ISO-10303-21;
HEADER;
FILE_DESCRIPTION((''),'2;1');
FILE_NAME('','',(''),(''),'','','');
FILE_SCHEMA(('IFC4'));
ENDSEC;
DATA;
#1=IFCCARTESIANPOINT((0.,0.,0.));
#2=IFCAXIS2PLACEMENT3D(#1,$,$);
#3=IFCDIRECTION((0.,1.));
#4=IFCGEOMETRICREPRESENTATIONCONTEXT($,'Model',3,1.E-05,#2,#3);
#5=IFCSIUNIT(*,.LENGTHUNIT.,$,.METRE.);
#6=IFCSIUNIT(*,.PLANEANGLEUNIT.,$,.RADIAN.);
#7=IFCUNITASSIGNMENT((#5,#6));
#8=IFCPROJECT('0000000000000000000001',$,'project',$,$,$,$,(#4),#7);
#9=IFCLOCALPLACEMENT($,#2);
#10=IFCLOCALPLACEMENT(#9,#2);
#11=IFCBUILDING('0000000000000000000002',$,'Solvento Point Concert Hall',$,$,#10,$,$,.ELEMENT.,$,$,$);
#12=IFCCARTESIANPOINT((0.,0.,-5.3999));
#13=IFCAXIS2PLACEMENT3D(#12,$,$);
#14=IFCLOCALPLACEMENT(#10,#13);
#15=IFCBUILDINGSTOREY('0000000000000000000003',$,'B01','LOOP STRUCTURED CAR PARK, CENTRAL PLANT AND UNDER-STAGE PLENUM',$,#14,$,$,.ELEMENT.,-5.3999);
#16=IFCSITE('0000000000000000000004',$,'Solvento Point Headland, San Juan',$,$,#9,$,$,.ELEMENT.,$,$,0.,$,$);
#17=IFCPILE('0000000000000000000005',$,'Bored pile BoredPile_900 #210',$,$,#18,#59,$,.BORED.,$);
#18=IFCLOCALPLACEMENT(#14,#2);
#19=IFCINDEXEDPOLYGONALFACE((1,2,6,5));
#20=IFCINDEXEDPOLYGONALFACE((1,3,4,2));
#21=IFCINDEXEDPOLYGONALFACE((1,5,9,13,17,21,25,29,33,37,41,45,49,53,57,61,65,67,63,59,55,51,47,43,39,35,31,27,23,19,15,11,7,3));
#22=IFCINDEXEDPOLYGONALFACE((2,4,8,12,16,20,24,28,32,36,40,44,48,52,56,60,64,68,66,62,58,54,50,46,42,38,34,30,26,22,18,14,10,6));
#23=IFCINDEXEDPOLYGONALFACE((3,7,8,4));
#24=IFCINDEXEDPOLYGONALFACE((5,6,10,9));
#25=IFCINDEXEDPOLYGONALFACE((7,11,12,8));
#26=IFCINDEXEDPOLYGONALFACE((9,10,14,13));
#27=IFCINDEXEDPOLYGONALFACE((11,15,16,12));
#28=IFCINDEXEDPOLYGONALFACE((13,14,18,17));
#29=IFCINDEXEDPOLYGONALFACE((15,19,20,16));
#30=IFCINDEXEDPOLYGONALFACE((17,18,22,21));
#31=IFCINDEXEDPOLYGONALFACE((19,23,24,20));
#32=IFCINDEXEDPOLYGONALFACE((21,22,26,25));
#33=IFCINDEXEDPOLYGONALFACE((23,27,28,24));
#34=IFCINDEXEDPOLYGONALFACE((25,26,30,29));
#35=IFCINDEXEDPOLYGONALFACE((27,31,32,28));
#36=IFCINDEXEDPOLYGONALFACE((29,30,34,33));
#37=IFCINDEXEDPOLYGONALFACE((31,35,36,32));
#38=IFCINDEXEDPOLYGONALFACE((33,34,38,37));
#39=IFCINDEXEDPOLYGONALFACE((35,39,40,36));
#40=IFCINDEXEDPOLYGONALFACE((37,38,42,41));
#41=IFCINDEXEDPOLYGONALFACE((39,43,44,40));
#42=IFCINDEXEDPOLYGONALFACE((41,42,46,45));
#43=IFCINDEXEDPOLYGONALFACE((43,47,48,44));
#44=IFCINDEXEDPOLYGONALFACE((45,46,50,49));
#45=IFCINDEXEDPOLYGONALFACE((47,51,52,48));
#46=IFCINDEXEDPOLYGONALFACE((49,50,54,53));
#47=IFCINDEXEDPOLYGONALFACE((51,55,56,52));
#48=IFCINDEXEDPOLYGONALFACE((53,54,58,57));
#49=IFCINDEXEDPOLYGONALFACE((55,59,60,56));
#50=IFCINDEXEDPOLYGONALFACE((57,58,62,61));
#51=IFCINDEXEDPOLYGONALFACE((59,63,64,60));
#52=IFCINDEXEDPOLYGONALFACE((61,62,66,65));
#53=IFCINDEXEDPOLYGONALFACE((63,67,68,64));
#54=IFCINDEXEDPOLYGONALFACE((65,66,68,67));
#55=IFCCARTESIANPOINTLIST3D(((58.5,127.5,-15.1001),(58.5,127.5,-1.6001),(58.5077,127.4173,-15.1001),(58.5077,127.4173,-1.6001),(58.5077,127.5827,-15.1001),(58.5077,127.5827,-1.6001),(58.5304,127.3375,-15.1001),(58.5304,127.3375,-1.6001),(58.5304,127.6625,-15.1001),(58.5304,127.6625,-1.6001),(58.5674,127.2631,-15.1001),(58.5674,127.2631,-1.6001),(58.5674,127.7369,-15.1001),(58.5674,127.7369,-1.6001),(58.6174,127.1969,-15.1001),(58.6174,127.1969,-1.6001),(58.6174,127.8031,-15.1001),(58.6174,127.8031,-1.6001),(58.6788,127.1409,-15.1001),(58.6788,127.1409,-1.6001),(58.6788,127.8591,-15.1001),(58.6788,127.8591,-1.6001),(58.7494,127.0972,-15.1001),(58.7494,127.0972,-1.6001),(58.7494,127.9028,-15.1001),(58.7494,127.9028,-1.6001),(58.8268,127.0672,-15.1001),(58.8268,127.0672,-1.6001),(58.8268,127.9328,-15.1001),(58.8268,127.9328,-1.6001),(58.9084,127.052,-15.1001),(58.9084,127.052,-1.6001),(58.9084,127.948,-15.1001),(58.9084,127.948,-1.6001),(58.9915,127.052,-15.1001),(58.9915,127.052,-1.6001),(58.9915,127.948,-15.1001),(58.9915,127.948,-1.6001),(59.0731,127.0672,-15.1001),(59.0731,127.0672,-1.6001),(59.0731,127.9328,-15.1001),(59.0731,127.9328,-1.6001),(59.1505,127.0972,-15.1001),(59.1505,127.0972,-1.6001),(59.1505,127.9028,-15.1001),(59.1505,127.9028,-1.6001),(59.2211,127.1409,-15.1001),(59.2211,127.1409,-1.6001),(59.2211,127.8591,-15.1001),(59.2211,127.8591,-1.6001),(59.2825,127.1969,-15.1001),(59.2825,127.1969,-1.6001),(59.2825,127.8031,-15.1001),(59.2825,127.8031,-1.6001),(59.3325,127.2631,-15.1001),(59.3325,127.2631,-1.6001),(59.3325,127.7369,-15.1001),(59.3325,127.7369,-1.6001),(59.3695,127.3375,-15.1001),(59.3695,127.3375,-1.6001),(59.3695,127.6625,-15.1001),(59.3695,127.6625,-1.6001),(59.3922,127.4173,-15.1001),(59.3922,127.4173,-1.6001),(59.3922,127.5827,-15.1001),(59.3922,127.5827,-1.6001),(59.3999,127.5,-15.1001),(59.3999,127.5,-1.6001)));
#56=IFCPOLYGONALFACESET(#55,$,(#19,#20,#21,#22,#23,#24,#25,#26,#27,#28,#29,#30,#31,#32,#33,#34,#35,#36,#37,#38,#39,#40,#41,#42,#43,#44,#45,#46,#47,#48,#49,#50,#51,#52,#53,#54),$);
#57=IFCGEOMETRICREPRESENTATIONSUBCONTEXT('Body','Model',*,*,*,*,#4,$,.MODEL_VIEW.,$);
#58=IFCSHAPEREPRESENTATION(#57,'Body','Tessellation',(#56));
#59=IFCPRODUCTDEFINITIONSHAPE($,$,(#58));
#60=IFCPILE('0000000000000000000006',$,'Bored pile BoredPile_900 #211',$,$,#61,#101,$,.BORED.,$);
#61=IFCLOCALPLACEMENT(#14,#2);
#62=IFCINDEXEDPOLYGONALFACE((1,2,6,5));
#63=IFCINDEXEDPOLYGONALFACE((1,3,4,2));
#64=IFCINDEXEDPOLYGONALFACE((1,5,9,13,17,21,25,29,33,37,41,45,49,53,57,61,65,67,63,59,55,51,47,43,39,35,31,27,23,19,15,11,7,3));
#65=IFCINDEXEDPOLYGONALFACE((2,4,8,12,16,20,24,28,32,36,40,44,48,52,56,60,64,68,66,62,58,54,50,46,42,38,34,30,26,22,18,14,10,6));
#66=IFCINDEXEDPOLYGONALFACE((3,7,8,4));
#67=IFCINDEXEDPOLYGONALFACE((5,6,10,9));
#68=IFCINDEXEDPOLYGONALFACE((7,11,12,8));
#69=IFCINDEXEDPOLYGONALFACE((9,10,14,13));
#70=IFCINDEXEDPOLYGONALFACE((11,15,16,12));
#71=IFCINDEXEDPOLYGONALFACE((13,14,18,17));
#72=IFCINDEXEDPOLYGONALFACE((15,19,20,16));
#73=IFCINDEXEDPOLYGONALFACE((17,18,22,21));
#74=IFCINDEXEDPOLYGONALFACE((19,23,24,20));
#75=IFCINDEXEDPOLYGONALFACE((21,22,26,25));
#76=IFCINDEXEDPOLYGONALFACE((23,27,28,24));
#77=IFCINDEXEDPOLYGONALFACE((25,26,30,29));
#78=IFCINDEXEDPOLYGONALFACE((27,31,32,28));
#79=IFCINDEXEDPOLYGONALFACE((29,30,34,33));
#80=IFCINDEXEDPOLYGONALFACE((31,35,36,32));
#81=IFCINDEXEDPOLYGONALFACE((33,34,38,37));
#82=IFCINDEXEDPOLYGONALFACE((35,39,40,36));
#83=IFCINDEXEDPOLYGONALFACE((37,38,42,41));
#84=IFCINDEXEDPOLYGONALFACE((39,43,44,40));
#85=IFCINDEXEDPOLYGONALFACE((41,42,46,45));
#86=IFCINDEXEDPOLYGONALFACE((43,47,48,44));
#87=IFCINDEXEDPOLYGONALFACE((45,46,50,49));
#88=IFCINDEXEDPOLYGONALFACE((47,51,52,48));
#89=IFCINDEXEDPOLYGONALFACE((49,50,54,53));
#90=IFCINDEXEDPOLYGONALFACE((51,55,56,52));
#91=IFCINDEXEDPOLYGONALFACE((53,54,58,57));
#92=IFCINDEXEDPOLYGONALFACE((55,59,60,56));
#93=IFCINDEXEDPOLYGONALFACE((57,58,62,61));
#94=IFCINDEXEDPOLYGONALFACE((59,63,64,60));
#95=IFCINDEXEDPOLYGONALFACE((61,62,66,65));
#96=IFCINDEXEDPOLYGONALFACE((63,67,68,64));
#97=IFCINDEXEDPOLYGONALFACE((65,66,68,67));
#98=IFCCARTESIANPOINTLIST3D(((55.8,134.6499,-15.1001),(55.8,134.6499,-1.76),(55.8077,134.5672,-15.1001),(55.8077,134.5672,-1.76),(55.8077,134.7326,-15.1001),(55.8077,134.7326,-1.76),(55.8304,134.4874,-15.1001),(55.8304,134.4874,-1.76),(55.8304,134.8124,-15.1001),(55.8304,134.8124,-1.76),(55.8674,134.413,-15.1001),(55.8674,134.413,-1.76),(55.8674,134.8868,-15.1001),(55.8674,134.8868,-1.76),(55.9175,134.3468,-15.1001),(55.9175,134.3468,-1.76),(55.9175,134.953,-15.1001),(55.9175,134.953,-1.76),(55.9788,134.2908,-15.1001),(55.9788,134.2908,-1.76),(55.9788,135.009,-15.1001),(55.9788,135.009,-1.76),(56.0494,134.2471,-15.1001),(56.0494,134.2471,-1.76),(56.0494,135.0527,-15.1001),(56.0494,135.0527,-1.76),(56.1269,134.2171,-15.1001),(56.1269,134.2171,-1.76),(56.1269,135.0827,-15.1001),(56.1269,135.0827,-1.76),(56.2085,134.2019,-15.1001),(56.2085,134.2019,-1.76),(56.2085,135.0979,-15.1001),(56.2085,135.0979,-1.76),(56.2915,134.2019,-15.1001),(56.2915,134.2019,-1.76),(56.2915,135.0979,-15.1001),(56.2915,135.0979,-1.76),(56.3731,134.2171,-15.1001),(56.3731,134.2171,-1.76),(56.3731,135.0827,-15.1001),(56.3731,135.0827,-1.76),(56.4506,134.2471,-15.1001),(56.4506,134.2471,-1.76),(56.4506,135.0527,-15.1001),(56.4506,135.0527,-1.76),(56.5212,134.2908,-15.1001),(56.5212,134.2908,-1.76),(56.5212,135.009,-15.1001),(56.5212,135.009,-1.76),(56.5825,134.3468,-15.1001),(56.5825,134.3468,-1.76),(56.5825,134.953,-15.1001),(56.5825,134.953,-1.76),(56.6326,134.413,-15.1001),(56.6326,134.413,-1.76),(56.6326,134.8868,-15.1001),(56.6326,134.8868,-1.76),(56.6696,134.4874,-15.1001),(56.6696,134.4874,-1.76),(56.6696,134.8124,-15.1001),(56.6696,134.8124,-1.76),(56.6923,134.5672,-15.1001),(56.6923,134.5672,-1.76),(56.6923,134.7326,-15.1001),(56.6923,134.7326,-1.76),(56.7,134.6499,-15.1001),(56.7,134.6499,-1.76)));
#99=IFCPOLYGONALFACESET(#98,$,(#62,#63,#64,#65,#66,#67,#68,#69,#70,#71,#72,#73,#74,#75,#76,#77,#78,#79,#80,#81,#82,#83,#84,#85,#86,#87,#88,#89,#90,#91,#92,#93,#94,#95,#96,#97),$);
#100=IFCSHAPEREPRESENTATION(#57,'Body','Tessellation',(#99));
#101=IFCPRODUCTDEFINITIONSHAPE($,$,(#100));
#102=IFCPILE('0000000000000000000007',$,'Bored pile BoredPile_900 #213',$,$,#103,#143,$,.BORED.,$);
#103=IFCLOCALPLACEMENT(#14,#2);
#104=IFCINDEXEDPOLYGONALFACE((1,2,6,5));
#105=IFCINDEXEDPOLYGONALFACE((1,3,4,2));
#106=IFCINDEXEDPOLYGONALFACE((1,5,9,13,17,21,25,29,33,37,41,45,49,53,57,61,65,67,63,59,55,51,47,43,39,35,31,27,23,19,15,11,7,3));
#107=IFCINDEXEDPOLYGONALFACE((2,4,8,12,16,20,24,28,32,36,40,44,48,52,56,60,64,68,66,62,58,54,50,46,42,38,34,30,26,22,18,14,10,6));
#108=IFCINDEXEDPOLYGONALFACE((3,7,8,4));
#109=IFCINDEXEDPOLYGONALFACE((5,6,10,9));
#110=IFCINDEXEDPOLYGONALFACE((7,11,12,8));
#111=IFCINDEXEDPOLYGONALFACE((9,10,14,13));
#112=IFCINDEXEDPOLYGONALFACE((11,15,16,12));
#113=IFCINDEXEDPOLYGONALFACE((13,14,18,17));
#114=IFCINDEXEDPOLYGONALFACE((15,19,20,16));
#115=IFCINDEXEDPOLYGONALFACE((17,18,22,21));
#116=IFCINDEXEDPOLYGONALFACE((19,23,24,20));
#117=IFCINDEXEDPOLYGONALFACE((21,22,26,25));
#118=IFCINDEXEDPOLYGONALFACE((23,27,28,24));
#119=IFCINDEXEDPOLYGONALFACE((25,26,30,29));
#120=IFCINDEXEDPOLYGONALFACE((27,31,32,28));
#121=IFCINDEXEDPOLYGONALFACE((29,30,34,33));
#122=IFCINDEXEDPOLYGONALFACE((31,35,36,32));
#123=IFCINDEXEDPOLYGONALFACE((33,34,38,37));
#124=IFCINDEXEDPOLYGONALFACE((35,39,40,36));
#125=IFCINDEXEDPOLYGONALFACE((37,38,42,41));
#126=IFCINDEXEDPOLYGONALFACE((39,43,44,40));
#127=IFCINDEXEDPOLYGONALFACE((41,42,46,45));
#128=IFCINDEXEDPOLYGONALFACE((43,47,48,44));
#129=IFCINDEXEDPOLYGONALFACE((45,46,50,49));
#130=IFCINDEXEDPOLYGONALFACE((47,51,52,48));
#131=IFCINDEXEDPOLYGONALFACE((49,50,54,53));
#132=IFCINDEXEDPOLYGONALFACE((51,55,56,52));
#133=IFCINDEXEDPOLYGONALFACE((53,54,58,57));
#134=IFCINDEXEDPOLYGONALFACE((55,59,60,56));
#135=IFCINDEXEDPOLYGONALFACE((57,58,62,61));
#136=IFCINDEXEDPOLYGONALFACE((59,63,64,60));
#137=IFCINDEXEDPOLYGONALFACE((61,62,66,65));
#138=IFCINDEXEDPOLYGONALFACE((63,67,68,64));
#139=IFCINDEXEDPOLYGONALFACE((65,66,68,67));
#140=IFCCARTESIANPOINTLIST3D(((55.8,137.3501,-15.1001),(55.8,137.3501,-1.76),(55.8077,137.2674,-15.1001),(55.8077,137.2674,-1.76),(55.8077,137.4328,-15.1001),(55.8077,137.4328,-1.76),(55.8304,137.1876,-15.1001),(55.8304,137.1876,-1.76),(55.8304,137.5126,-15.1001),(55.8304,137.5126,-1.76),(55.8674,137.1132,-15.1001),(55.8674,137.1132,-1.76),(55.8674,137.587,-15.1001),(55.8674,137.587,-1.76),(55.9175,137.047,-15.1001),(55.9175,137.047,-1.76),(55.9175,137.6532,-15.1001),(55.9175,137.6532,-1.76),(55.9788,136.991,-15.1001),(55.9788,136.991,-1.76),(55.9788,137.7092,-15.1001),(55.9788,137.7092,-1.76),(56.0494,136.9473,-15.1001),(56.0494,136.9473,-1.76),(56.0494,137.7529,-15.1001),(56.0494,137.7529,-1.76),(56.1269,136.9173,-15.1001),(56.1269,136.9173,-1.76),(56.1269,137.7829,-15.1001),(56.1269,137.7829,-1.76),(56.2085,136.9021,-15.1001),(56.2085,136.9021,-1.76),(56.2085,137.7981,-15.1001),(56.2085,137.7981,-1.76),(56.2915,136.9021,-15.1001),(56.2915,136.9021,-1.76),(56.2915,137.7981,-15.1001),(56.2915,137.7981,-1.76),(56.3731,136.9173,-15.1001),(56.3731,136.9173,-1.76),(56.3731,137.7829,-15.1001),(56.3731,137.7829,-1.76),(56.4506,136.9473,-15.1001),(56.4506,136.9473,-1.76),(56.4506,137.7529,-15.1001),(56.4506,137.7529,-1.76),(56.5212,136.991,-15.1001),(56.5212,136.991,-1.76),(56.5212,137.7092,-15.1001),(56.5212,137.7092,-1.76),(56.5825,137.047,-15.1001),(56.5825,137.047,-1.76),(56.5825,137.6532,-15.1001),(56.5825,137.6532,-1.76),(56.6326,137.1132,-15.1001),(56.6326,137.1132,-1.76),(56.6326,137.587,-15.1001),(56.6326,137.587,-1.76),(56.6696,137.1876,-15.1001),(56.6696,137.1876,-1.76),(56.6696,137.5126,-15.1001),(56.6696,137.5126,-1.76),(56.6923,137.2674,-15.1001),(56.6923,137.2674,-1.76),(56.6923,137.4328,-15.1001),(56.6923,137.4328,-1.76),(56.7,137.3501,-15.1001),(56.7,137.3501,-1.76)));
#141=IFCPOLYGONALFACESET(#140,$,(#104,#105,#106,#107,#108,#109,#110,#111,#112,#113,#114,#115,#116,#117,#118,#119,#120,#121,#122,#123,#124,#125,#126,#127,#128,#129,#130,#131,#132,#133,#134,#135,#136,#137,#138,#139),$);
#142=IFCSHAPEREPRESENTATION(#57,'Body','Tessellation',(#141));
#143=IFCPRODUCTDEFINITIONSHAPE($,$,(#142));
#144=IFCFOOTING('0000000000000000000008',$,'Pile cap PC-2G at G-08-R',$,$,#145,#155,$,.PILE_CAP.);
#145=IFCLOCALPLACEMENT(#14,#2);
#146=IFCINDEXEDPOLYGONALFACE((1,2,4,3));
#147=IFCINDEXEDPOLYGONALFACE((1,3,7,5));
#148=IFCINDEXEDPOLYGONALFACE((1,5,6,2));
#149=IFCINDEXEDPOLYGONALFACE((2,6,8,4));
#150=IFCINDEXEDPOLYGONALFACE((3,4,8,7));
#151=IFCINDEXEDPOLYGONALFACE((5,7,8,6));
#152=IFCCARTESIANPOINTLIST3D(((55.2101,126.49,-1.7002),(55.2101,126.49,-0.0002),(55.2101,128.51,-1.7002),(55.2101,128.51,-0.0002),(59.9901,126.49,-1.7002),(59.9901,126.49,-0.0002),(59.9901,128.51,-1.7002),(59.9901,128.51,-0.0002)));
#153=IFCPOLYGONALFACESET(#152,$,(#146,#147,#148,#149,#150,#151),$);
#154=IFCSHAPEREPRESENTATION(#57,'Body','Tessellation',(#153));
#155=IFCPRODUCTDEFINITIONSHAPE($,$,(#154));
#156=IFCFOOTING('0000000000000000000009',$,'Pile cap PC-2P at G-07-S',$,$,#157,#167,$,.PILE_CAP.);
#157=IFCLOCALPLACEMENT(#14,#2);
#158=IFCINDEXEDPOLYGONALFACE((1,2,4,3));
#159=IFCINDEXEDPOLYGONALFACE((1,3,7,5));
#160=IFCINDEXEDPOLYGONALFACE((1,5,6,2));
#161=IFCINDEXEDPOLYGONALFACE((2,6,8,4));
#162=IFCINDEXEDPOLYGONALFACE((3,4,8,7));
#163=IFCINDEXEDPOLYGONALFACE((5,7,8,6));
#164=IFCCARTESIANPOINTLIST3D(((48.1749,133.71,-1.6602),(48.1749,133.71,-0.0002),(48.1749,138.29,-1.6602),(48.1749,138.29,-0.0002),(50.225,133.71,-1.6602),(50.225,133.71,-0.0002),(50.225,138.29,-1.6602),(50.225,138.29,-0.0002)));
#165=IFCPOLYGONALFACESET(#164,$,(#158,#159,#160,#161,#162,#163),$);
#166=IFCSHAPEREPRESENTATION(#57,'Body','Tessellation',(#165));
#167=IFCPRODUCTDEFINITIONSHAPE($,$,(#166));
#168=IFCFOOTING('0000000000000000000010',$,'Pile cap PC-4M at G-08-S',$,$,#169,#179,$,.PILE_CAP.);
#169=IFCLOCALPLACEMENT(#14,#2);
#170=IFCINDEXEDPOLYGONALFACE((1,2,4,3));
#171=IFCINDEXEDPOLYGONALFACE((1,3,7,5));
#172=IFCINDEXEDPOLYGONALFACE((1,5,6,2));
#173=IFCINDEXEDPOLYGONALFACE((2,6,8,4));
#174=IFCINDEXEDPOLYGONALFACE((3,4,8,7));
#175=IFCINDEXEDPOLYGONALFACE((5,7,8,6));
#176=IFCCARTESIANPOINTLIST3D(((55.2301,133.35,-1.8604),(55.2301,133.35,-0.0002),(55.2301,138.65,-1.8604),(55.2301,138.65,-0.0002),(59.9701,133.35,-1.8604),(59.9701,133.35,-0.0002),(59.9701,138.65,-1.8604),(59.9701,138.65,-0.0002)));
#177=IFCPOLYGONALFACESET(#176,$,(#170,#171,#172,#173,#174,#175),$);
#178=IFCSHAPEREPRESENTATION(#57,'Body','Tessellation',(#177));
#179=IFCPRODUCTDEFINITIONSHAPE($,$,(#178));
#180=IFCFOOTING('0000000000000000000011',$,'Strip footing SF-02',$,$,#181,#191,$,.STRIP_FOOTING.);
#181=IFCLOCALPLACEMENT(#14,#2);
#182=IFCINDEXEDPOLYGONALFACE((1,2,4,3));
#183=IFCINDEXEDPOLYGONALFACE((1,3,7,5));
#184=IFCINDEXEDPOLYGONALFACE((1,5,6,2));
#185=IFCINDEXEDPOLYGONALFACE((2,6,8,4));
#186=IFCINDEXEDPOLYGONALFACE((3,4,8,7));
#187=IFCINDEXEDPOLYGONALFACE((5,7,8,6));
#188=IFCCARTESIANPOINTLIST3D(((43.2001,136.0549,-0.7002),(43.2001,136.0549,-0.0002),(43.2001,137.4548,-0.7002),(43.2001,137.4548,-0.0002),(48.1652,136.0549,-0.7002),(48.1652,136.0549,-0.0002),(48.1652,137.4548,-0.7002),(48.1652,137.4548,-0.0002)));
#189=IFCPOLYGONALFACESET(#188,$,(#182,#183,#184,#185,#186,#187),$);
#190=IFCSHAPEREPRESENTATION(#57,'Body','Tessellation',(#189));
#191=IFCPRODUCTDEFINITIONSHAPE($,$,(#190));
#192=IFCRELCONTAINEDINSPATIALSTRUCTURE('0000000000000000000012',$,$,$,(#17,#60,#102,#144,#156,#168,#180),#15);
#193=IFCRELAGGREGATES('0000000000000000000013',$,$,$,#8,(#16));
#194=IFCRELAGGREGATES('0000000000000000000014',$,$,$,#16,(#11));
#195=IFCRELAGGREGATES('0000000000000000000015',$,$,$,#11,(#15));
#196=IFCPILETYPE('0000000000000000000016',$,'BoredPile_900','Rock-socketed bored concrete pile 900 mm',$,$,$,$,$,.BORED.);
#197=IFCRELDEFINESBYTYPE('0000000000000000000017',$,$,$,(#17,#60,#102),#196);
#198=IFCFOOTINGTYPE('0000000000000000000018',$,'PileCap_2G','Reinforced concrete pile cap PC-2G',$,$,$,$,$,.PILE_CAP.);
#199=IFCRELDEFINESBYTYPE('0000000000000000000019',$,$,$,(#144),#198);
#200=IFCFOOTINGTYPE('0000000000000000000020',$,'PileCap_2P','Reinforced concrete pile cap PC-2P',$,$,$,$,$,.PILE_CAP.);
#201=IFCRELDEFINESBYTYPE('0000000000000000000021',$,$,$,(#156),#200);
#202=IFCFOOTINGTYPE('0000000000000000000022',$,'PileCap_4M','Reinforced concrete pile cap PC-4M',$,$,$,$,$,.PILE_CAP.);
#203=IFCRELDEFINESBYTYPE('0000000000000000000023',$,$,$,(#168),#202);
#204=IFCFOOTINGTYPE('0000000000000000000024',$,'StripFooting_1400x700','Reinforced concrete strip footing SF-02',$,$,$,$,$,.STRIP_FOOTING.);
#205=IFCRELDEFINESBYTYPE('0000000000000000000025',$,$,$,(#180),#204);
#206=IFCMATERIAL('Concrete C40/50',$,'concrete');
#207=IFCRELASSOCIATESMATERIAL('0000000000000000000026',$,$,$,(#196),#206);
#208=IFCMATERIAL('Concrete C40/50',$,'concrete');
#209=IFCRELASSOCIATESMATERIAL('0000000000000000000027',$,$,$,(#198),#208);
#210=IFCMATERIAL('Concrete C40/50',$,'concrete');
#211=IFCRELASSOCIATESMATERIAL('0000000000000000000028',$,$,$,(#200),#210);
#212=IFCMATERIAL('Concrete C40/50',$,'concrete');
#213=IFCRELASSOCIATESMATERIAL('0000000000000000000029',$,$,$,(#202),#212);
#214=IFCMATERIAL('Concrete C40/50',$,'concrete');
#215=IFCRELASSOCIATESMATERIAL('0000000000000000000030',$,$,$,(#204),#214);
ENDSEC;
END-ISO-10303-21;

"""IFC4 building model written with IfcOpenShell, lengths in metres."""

from ifc_helpers import new_model, si_unit, direction, frame, origin, origin_2d, place, context, subcontext, project, spatial, rectangle, circle, extrude, material, material_profile, profile_set, type_object, element, save


model = new_model("IFC4")

# Units and contexts
model_context = context("Model", 3, precision=1e-05, world=origin(), true_north=direction((0.0, 1.0)))
body_context = subcontext(model_context, "Body", "Model", "MODEL_VIEW")
ifc_project = project(units=[si_unit("LENGTHUNIT", "METRE"), si_unit("PLANEANGLEUNIT", "RADIAN")], contexts=[model_context])

# Site, building, storey
site_placement = place(None, origin())
site = spatial("IfcSite", under=ifc_project, at=site_placement, Name="Solvento Point Headland, San Juan", CompositionType="ELEMENT", RefElevation=0.0)
building_placement = place(site_placement, origin())
building = spatial("IfcBuilding", under=site, at=building_placement, Name="Solvento Point Concert Hall", CompositionType="ELEMENT")
storey_placement = place(building_placement, frame((0.0, 0.0, -5.3999)))
storey = spatial("IfcBuildingStorey", under=building, at=storey_placement, Name="B01", Description="LOOP STRUCTURED CAR PARK, CENTRAL PLANT AND UNDER-STAGE PLENUM", CompositionType="ELEMENT", Elevation=-5.3999)

# Piles
ifc_material_1 = material(Name="Concrete C40/50", Category="concrete")
ifc_material_profile_1 = material_profile(ifc_material_1, circle(Radius=0.45, at=origin_2d()), Name="BP-900")
ifc_profile_set_1 = profile_set([ifc_material_profile_1], Name="Concrete C40/50")
pile_type_1 = type_object("IfcPileType", Name="BoredPile_900", Description="Rock-socketed bored concrete pile 900 mm", PredefinedType="BORED", material=ifc_profile_set_1)
pile_placement = place(storey_placement, frame((58.95, 127.5, -1.6001), z_axis=(0.0, 0.0, -1.0), x_axis=(1.0, 0.0, 0.0)))
element("IfcPile", 1, at=pile_placement, inside=storey, type_object=pile_type_1, Name="Bored pile BoredPile_900 #210", PredefinedType="BORED", context=body_context, shape_type="SweptSolid", body=[
    extrude(circle(Radius=0.45, at=origin_2d()), origin(), (0.0, 0.0, 1.0), 13.5),
])
for number, where, z_axis, x_axis, name in (
    (2, (56.25, 134.6499, -1.76), (0.0, 0.0, -1.0), (1.0, 0.0, 0.0), "Bored pile BoredPile_900 #211"),
    (3, (56.25, 137.3501, -1.76), (0.0, 0.0, -1.0), (1.0, 0.0, 0.0), "Bored pile BoredPile_900 #213"),
):
    element("IfcPile", number, at=place(storey_placement, frame(where, z_axis=z_axis, x_axis=x_axis)), inside=storey, type_object=pile_type_1, Name=name, PredefinedType="BORED", context=body_context, shape_type="SweptSolid", body=[
        extrude(circle(Radius=0.45, at=origin_2d()), origin(), (0.0, 0.0, 1.0), 13.3401),
    ])

# Footings
ifc_material_2 = material(Name="Concrete C40/50", Category="concrete")
footing_type_1 = type_object("IfcFootingType", Name="PileCap_2G", Description="Reinforced concrete pile cap PC-2G", PredefinedType="PILE_CAP", material=ifc_material_2)
footing_1_placement = place(storey_placement, frame((57.6001, 127.5, -1.7002), z_axis=(0.0, 0.0, 1.0), x_axis=(1.0, 0.0, 0.0)))
element("IfcFooting", 4, at=footing_1_placement, inside=storey, type_object=footing_type_1, Name="Pile cap PC-2G at G-08-R", PredefinedType="PILE_CAP", context=body_context, shape_type="SweptSolid", body=[
    extrude(rectangle(XDim=4.78, YDim=2.02, at=origin_2d()), origin(), (0.0, 0.0, 1.0), 1.7),
])
ifc_material_3 = material(Name="Concrete C40/50", Category="concrete")
footing_type_2 = type_object("IfcFootingType", Name="PileCap_2P", Description="Reinforced concrete pile cap PC-2P", PredefinedType="PILE_CAP", material=ifc_material_3)
footing_2_placement = place(storey_placement, frame((49.2, 136.0, -1.6602), z_axis=(0.0, 0.0, 1.0), x_axis=(1.0, 0.0, 0.0)))
element("IfcFooting", 5, at=footing_2_placement, inside=storey, type_object=footing_type_2, Name="Pile cap PC-2P at G-07-S", PredefinedType="PILE_CAP", context=body_context, shape_type="SweptSolid", body=[
    extrude(rectangle(XDim=2.05, YDim=4.5801, at=origin_2d()), origin(), (0.0, 0.0, 1.0), 1.6599),
])
ifc_material_4 = material(Name="Concrete C40/50", Category="concrete")
footing_type_3 = type_object("IfcFootingType", Name="PileCap_4M", Description="Reinforced concrete pile cap PC-4M", PredefinedType="PILE_CAP", material=ifc_material_4)
footing_3_placement = place(storey_placement, frame((57.6001, 136.0, -1.8604), z_axis=(0.0, 0.0, 1.0), x_axis=(1.0, 0.0, 0.0)))
element("IfcFooting", 6, at=footing_3_placement, inside=storey, type_object=footing_type_3, Name="Pile cap PC-4M at G-08-S", PredefinedType="PILE_CAP", context=body_context, shape_type="SweptSolid", body=[
    extrude(rectangle(XDim=4.74, YDim=5.3, at=origin_2d()), origin(), (0.0, 0.0, 1.0), 1.8601),
])
ifc_material_5 = material(Name="Concrete C40/50", Category="concrete")
footing_type_4 = type_object("IfcFootingType", Name="StripFooting_1400x700", Description="Reinforced concrete strip footing SF-02", PredefinedType="STRIP_FOOTING", material=ifc_material_5)
footing_4_placement = place(storey_placement, frame((45.6826, 136.7549, -0.7002), z_axis=(0.0, 0.0, 1.0), x_axis=(1.0, 0.0, 0.0)))
element("IfcFooting", 7, at=footing_4_placement, inside=storey, type_object=footing_type_4, Name="Strip footing SF-02", PredefinedType="STRIP_FOOTING", context=body_context, shape_type="SweptSolid", body=[
    extrude(rectangle(XDim=4.9651, YDim=1.3999, at=origin_2d()), origin(), (0.0, 0.0, 1.0), 0.7),
])

save(model, "model.ifc")
